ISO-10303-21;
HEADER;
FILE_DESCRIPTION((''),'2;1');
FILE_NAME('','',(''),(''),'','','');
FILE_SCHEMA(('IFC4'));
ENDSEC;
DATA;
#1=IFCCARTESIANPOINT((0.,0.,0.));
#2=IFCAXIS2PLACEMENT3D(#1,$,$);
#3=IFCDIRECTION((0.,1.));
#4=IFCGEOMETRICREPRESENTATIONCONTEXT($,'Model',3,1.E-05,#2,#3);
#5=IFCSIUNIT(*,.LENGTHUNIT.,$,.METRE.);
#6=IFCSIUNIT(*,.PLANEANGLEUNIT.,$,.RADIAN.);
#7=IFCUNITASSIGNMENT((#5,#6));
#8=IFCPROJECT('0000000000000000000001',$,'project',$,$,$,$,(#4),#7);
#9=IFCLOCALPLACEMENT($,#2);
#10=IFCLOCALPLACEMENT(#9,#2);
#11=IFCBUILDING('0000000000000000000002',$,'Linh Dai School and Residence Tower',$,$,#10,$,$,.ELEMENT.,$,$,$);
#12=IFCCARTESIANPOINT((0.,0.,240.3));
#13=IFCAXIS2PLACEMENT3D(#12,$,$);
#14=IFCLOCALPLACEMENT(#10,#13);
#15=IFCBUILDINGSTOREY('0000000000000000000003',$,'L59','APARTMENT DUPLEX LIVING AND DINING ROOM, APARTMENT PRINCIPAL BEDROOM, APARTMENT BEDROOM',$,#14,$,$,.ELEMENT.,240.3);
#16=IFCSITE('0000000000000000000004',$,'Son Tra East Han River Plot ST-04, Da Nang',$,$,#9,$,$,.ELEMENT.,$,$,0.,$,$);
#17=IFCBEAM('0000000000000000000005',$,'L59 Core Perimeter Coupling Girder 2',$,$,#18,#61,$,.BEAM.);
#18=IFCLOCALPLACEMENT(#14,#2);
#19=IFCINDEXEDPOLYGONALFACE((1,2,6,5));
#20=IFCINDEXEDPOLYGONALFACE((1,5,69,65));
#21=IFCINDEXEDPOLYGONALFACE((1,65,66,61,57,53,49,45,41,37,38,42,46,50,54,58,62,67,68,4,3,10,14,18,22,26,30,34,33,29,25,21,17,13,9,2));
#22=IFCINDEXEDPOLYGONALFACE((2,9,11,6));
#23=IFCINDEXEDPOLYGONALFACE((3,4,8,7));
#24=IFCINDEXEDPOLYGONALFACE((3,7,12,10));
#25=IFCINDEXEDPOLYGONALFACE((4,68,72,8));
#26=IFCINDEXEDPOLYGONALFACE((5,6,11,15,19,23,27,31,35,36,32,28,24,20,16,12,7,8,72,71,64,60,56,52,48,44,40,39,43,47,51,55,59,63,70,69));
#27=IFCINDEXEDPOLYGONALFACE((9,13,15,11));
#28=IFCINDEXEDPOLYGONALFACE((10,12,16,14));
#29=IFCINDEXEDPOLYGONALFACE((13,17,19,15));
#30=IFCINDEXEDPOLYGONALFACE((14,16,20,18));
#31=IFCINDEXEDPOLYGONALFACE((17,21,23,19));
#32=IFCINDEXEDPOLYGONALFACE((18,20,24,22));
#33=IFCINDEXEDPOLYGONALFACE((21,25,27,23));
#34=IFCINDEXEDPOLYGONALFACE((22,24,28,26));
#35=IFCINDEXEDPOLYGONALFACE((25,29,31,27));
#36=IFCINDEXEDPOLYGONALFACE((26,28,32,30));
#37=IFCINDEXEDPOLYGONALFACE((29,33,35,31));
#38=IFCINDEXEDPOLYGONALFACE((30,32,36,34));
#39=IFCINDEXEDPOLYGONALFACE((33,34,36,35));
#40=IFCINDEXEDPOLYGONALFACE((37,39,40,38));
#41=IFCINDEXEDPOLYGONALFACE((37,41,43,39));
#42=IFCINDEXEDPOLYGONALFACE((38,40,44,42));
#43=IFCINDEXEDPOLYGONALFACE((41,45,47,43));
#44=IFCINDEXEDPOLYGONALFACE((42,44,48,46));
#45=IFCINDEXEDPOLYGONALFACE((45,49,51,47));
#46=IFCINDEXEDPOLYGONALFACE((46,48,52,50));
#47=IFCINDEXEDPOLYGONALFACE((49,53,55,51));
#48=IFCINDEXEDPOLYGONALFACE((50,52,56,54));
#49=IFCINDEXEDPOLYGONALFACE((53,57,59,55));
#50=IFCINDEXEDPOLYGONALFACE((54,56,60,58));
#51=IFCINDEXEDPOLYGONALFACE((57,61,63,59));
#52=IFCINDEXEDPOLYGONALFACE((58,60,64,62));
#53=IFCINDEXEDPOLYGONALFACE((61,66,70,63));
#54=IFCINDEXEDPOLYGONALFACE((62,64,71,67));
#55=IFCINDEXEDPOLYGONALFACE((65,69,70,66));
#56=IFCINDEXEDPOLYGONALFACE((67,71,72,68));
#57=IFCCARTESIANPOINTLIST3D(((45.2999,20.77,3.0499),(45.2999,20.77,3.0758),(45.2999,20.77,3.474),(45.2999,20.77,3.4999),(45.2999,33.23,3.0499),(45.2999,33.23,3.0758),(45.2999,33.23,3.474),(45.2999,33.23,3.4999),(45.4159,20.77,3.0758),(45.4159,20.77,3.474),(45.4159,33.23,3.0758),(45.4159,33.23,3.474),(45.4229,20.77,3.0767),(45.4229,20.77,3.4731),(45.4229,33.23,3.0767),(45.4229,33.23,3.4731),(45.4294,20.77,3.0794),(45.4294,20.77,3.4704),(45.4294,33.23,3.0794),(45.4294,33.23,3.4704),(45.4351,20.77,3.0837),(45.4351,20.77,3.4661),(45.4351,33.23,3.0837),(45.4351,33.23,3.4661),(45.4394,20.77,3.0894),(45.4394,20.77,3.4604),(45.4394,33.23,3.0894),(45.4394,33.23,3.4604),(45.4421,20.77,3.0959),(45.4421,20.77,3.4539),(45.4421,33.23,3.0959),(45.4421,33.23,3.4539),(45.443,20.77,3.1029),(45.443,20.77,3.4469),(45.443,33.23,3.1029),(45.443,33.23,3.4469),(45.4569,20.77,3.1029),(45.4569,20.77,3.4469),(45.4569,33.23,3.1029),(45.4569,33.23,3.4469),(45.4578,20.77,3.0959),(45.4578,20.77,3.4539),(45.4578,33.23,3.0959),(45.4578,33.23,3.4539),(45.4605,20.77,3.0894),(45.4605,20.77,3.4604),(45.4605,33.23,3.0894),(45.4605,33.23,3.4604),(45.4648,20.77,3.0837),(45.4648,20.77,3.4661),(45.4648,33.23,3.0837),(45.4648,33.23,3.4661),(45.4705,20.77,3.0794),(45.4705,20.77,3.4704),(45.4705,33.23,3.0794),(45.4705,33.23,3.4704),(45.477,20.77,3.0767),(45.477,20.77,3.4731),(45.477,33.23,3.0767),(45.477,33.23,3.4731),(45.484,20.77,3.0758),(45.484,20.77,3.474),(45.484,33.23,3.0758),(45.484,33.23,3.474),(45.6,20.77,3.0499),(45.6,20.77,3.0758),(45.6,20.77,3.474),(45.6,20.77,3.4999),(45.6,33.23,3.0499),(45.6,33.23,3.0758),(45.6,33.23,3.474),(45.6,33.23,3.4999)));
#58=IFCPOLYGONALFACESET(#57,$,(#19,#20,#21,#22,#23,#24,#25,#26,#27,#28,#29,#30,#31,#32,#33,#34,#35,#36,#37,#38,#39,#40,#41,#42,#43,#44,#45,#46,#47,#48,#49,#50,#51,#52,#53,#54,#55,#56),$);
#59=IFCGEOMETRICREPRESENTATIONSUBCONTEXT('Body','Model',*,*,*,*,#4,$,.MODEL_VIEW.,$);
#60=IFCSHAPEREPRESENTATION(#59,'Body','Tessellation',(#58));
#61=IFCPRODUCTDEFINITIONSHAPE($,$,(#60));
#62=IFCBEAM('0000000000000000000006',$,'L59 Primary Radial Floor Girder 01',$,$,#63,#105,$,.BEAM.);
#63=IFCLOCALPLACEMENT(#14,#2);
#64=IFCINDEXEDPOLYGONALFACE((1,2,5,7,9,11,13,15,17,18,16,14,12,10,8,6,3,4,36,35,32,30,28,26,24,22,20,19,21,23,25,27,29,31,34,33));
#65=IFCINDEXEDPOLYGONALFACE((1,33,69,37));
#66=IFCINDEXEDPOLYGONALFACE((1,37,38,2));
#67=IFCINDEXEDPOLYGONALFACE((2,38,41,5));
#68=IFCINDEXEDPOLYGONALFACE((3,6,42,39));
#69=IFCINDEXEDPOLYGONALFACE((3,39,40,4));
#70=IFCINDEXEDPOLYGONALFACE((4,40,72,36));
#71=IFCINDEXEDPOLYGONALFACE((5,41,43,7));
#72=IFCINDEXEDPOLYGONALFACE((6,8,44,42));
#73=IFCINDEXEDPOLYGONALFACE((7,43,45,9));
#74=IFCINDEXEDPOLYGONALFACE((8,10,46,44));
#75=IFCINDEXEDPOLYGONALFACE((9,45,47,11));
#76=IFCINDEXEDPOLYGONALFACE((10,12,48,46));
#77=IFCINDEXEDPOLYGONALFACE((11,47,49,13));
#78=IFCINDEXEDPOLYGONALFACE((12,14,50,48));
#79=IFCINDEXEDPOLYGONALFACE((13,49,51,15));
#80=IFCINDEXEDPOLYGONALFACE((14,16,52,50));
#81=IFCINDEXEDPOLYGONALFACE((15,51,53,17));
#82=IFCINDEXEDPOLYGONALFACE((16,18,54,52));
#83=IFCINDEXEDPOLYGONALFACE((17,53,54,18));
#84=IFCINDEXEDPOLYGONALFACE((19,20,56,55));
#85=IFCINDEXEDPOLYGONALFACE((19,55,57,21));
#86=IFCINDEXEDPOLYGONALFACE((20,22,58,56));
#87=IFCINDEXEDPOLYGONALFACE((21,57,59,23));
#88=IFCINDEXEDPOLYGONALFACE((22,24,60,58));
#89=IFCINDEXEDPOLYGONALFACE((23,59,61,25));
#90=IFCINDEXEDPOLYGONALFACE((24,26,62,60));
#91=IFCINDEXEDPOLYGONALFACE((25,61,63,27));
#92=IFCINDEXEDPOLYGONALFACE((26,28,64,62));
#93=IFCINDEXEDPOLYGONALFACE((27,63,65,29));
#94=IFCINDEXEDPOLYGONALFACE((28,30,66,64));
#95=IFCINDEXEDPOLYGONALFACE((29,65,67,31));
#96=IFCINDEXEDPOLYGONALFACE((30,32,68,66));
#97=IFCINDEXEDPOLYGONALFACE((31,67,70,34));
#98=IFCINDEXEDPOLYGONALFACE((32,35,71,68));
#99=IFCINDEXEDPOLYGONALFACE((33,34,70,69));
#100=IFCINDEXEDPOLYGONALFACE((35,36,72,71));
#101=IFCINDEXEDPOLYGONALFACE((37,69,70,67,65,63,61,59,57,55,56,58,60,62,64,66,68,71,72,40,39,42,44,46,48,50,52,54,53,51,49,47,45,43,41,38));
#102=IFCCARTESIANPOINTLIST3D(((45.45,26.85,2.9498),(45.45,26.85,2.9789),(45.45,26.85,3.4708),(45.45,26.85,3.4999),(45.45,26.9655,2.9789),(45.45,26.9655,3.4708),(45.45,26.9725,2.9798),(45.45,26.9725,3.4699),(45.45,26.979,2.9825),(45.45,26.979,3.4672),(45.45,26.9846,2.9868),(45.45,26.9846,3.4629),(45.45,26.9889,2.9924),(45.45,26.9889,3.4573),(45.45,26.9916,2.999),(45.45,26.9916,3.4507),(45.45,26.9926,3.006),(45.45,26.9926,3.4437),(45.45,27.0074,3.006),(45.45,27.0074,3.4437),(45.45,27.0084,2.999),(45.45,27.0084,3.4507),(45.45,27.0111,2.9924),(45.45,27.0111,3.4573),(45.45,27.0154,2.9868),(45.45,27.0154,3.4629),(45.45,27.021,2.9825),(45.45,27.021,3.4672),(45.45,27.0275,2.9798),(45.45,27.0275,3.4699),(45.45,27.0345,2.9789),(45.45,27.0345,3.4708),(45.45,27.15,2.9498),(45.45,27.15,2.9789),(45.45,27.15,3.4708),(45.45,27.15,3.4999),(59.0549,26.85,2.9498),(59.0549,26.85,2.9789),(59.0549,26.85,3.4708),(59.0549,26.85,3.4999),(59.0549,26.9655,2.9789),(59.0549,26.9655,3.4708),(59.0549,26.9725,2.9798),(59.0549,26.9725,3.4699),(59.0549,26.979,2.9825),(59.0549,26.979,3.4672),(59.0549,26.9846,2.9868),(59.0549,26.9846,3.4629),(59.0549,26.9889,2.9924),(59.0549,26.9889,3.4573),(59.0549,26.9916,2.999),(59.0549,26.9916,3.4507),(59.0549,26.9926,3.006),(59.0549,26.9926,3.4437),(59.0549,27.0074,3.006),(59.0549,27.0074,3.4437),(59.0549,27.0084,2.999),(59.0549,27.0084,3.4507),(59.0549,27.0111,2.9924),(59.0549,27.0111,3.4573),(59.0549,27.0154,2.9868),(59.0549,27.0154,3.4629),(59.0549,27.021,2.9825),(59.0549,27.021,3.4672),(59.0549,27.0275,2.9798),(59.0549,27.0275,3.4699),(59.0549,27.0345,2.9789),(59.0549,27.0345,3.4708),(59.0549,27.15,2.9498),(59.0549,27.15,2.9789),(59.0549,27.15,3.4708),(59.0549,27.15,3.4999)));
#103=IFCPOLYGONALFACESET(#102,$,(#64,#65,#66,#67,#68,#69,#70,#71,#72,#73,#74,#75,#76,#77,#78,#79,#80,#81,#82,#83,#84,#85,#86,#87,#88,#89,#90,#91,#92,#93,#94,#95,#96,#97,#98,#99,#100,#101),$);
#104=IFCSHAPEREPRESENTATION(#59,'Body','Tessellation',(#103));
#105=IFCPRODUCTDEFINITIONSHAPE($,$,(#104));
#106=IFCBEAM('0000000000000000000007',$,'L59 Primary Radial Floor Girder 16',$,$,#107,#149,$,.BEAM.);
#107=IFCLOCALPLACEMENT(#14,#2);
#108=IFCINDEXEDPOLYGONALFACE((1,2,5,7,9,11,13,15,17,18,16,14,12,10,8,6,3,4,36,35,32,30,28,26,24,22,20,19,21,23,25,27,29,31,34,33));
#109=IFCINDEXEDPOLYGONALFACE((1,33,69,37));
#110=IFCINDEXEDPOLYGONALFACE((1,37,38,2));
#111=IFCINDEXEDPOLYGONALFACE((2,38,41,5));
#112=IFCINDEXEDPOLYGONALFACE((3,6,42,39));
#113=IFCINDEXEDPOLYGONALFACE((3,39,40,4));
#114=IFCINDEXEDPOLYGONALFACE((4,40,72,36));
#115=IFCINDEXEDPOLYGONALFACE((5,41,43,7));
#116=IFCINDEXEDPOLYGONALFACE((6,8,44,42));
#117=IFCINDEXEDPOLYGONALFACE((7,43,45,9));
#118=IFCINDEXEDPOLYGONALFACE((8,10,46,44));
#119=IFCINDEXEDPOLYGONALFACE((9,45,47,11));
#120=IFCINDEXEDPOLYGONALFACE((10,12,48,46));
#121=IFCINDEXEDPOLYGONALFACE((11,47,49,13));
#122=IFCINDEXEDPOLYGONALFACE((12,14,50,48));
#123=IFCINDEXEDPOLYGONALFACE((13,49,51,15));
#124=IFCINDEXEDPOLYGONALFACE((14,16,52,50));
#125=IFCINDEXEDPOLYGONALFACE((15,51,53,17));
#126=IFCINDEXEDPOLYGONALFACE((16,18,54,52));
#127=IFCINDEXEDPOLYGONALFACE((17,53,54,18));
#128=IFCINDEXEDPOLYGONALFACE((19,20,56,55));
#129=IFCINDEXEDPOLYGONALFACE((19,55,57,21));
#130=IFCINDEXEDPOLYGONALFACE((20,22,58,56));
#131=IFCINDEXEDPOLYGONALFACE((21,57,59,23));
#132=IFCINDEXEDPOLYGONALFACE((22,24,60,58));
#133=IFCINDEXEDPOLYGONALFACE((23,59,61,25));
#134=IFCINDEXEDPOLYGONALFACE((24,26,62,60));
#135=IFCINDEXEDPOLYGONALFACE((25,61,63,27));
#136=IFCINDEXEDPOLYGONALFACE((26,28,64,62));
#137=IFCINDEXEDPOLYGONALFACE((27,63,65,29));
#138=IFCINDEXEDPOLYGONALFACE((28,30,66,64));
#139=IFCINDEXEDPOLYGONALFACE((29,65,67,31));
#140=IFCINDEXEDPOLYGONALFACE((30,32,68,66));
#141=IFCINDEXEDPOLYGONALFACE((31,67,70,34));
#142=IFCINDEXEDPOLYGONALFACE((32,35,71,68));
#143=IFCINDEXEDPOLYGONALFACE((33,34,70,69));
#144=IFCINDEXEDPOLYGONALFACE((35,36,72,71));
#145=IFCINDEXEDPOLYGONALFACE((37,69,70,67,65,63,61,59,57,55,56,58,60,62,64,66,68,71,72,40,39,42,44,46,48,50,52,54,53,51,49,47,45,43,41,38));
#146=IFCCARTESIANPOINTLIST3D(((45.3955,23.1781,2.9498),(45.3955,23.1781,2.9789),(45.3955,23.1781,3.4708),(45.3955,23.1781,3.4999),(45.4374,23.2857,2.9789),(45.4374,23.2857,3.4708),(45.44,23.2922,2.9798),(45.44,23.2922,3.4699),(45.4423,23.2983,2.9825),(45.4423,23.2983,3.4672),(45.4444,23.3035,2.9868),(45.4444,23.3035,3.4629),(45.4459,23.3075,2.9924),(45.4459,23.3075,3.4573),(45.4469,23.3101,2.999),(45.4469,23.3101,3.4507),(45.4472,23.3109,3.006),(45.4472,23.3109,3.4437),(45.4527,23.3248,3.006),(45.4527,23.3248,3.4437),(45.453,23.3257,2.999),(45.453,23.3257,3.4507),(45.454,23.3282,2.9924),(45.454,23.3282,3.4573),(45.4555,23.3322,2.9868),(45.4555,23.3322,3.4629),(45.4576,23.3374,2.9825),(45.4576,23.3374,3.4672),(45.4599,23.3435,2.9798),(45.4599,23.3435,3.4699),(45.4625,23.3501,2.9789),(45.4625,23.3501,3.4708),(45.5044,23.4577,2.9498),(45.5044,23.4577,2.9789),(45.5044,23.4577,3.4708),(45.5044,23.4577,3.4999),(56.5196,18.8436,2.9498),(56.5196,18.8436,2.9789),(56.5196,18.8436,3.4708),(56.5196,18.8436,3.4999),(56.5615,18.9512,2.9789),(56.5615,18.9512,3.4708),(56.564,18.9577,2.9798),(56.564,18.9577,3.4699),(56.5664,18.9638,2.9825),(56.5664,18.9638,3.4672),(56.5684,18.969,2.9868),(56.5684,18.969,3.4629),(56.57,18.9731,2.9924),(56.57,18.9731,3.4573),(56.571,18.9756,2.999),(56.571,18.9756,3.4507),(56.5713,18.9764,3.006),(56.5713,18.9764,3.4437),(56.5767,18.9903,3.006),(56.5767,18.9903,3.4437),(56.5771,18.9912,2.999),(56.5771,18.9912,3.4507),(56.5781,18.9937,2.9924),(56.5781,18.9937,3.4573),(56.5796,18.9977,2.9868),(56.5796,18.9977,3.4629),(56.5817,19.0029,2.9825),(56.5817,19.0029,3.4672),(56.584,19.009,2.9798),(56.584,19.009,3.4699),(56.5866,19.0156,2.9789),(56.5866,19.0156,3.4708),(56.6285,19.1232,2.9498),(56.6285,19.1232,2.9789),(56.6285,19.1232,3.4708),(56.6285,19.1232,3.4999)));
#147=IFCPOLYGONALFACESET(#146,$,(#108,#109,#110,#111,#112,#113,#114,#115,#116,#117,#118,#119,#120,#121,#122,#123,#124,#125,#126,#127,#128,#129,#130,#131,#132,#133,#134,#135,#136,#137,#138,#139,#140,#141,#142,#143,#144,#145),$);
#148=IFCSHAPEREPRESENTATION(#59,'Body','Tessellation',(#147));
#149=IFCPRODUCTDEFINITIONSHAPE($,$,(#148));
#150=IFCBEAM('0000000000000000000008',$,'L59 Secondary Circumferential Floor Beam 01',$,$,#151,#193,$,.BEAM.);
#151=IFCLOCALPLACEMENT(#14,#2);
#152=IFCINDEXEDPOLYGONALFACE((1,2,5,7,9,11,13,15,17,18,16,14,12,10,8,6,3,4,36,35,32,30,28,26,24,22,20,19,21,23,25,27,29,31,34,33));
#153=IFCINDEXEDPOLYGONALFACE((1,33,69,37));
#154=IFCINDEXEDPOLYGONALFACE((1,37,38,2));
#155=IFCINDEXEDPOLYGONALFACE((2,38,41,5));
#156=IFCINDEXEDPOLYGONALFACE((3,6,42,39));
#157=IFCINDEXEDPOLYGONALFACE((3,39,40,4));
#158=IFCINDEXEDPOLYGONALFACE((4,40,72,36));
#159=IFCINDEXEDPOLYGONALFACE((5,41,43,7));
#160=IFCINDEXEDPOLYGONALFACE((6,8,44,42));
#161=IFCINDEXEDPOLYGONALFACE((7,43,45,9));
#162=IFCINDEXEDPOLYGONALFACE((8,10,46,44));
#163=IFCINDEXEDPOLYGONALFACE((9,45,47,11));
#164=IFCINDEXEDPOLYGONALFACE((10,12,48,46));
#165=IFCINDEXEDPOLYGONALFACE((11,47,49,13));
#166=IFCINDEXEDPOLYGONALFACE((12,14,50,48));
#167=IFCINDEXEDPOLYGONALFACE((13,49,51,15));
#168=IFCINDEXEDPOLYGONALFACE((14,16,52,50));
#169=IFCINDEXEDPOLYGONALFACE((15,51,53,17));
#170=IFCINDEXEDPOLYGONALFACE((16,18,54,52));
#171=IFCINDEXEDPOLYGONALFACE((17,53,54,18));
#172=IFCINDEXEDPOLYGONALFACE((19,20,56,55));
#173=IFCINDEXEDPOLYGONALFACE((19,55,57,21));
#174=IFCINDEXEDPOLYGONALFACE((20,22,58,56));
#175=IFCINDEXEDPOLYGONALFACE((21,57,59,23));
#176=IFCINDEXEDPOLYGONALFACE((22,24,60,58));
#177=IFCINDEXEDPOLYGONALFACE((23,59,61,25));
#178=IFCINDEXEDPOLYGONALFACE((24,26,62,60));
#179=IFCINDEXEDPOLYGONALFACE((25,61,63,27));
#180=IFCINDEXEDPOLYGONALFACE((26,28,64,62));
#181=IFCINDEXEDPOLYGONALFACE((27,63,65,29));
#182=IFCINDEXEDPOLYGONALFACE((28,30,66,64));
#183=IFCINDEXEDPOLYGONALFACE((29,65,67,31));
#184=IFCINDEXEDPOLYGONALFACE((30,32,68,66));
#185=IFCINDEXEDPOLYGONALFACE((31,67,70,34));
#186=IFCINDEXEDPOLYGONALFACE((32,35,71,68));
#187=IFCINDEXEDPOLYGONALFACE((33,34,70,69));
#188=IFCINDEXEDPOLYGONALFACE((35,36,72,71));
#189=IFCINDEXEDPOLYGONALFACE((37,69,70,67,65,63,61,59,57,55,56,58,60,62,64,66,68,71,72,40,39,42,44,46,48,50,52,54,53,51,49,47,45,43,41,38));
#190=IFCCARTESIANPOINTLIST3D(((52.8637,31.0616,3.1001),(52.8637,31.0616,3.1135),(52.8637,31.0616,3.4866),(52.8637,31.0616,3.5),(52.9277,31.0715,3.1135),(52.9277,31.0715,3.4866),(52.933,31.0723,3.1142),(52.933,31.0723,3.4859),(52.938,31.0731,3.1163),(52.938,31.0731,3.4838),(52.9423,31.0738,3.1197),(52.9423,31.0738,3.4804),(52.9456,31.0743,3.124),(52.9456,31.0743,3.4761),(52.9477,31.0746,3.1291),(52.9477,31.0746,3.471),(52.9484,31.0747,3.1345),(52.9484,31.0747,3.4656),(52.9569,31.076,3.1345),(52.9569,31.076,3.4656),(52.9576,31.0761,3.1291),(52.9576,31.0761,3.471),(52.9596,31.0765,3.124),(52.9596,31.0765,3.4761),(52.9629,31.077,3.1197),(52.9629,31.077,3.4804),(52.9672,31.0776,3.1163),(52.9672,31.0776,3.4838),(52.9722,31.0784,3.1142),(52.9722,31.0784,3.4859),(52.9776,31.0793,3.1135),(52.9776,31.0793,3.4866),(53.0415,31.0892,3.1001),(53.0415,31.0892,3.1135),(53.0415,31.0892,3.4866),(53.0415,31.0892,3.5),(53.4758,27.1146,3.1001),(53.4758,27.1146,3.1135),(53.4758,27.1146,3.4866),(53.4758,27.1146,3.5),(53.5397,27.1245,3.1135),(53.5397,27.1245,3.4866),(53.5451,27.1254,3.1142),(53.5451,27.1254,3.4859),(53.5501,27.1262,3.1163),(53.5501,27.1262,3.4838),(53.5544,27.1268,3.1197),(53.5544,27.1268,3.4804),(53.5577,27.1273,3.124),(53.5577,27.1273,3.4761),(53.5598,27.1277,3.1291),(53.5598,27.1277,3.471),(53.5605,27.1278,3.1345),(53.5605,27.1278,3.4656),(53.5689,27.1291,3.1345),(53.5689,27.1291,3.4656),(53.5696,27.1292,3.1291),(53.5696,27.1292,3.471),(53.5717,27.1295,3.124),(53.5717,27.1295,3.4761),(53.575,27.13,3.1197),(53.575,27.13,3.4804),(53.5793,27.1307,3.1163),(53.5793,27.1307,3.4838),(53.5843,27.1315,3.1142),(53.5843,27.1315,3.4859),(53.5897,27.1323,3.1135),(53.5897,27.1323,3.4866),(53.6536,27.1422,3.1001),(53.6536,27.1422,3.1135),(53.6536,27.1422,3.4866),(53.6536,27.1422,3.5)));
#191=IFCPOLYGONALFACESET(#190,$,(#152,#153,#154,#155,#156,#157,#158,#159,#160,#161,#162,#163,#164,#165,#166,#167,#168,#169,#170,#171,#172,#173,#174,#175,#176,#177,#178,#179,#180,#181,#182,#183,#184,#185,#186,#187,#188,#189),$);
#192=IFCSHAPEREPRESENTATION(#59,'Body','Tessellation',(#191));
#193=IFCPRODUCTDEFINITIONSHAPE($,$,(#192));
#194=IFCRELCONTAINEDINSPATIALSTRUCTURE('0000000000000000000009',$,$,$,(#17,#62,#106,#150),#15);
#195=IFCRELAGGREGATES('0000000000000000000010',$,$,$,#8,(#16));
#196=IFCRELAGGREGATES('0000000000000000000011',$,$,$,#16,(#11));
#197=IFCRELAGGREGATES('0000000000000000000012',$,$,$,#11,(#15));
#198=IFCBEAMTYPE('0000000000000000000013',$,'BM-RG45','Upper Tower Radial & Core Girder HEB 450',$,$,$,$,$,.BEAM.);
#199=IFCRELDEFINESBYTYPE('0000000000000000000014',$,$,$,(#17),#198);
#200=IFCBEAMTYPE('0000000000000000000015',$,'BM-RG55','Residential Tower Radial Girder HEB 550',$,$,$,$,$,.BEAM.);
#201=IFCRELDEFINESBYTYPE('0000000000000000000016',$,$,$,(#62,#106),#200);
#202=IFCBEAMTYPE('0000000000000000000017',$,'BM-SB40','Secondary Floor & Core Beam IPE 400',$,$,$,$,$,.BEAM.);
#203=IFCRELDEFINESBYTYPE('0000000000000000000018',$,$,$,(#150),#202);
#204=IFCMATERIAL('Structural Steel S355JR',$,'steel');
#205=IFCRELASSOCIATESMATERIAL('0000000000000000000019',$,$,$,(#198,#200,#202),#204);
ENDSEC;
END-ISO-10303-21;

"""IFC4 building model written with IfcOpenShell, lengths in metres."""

from ifc_helpers import new_model, si_unit, direction, frame, origin, origin_2d, place, context, subcontext, project, spatial, i_section, extrude, material, material_profile, profile_set, type_object, element, save


model = new_model("IFC4")

# Units and contexts
model_context = context("Model", 3, precision=1e-05, world=origin(), true_north=direction((0.0, 1.0)))
body_context = subcontext(model_context, "Body", "Model", "MODEL_VIEW")
ifc_project = project(units=[si_unit("LENGTHUNIT", "METRE"), si_unit("PLANEANGLEUNIT", "RADIAN")], contexts=[model_context])

# Site, building, storey
site_placement = place(None, origin())
site = spatial("IfcSite", under=ifc_project, at=site_placement, Name="Son Tra East Han River Plot ST-04, Da Nang", CompositionType="ELEMENT", RefElevation=0.0)
building_placement = place(site_placement, origin())
building = spatial("IfcBuilding", under=site, at=building_placement, Name="Linh Dai School and Residence Tower", CompositionType="ELEMENT")
storey_placement = place(building_placement, frame((0.0, 0.0, 240.3)))
storey = spatial("IfcBuildingStorey", under=building, at=storey_placement, Name="L59", Description="APARTMENT DUPLEX LIVING AND DINING ROOM, APARTMENT PRINCIPAL BEDROOM, APARTMENT BEDROOM", CompositionType="ELEMENT", Elevation=240.3)

# Shared definitions
ifc_material_1 = material(Name="Structural Steel S355JR", Category="steel")

# Beams
ifc_material_profile_1 = material_profile(ifc_material_1, i_section(OverallWidth=0.3, OverallDepth=0.45, WebThickness=0.0139, FlangeThickness=0.0259, FilletRadius=0.0271, at=origin_2d()), Name="HEB 450")
ifc_profile_set_1 = profile_set([ifc_material_profile_1], Name="Structural Steel S355JR")
beam_type_1 = type_object("IfcBeamType", Name="BM-RG45", Description="Upper Tower Radial & Core Girder HEB 450", PredefinedType="BEAM", material=ifc_profile_set_1)
beam_1_placement = place(storey_placement, frame((45.45, 20.77, 3.2749), z_axis=(0.0, 1.0, 0.0), x_axis=(-1.0, 0.0, 0.0)))
element("IfcBeam", 1, at=beam_1_placement, inside=storey, type_object=beam_type_1, Name="L59 Core Perimeter Coupling Girder 2", PredefinedType="BEAM", context=body_context, shape_type="SweptSolid", body=[
    extrude(i_section(OverallWidth=0.3, OverallDepth=0.45, WebThickness=0.0139, FlangeThickness=0.0259, FilletRadius=0.0271, at=origin_2d()), origin(), (0.0, 0.0, 1.0), 12.46),
])
ifc_material_profile_2 = material_profile(ifc_material_1, i_section(OverallWidth=0.3, OverallDepth=0.55, WebThickness=0.0149, FlangeThickness=0.0291, FilletRadius=0.0271, at=origin_2d()), Name="HEB 550")
ifc_profile_set_2 = profile_set([ifc_material_profile_2], Name="Structural Steel S355JR")
beam_type_2 = type_object("IfcBeamType", Name="BM-RG55", Description="Residential Tower Radial Girder HEB 550", PredefinedType="BEAM", material=ifc_profile_set_2)
beam_2_placement = place(storey_placement, frame((45.45, 27.0, 3.2249), z_axis=(1.0, 0.0, 0.0), x_axis=(0.0, 1.0, 0.0)))
element("IfcBeam", 2, at=beam_2_placement, inside=storey, type_object=beam_type_2, Name="L59 Primary Radial Floor Girder 01", PredefinedType="BEAM", context=body_context, shape_type="SweptSolid", body=[
    extrude(i_section(OverallWidth=0.3, OverallDepth=0.55, WebThickness=0.0149, FlangeThickness=0.0291, FilletRadius=0.0271, at=origin_2d()), origin(), (0.0, 0.0, 1.0), 13.605),
])
beam_3_placement = place(storey_placement, frame((45.45, 23.3179, 3.2249), z_axis=(0.931765, -0.363062, 0.0), x_axis=(0.363062, 0.931765, 0.0)))
element("IfcBeam", 3, at=beam_3_placement, inside=storey, type_object=beam_type_2, Name="L59 Primary Radial Floor Girder 16", PredefinedType="BEAM", context=body_context, shape_type="SweptSolid", body=[
    extrude(i_section(OverallWidth=0.3, OverallDepth=0.55, WebThickness=0.0149, FlangeThickness=0.0291, FilletRadius=0.0271, at=origin_2d()), origin(), (0.0, 0.0, 1.0), 11.9387),
])
ifc_material_profile_3 = material_profile(ifc_material_1, i_section(OverallWidth=0.1799, OverallDepth=0.3999, WebThickness=0.0085, FlangeThickness=0.0134, FilletRadius=0.021, at=origin_2d()), Name="IPE 400")
ifc_profile_set_3 = profile_set([ifc_material_profile_3], Name="Structural Steel S355JR")
beam_type_3 = type_object("IfcBeamType", Name="BM-SB40", Description="Secondary Floor & Core Beam IPE 400", PredefinedType="BEAM", material=ifc_profile_set_3)
beam_4_placement = place(storey_placement, frame((53.5647, 27.1284, 3.3), z_axis=(-0.153238, 0.988189, 0.0), x_axis=(-0.988189, -0.153238, 0.0)))
element("IfcBeam", 4, at=beam_4_placement, inside=storey, type_object=beam_type_3, Name="L59 Secondary Circumferential Floor Beam 01", PredefinedType="BEAM", context=body_context, shape_type="SweptSolid", body=[
    extrude(i_section(OverallWidth=0.1799, OverallDepth=0.3999, WebThickness=0.0085, FlangeThickness=0.0134, FilletRadius=0.021, at=origin_2d()), origin(), (0.0, 0.0, 1.0), 3.9941),
])

save(model, "model.ifc")
